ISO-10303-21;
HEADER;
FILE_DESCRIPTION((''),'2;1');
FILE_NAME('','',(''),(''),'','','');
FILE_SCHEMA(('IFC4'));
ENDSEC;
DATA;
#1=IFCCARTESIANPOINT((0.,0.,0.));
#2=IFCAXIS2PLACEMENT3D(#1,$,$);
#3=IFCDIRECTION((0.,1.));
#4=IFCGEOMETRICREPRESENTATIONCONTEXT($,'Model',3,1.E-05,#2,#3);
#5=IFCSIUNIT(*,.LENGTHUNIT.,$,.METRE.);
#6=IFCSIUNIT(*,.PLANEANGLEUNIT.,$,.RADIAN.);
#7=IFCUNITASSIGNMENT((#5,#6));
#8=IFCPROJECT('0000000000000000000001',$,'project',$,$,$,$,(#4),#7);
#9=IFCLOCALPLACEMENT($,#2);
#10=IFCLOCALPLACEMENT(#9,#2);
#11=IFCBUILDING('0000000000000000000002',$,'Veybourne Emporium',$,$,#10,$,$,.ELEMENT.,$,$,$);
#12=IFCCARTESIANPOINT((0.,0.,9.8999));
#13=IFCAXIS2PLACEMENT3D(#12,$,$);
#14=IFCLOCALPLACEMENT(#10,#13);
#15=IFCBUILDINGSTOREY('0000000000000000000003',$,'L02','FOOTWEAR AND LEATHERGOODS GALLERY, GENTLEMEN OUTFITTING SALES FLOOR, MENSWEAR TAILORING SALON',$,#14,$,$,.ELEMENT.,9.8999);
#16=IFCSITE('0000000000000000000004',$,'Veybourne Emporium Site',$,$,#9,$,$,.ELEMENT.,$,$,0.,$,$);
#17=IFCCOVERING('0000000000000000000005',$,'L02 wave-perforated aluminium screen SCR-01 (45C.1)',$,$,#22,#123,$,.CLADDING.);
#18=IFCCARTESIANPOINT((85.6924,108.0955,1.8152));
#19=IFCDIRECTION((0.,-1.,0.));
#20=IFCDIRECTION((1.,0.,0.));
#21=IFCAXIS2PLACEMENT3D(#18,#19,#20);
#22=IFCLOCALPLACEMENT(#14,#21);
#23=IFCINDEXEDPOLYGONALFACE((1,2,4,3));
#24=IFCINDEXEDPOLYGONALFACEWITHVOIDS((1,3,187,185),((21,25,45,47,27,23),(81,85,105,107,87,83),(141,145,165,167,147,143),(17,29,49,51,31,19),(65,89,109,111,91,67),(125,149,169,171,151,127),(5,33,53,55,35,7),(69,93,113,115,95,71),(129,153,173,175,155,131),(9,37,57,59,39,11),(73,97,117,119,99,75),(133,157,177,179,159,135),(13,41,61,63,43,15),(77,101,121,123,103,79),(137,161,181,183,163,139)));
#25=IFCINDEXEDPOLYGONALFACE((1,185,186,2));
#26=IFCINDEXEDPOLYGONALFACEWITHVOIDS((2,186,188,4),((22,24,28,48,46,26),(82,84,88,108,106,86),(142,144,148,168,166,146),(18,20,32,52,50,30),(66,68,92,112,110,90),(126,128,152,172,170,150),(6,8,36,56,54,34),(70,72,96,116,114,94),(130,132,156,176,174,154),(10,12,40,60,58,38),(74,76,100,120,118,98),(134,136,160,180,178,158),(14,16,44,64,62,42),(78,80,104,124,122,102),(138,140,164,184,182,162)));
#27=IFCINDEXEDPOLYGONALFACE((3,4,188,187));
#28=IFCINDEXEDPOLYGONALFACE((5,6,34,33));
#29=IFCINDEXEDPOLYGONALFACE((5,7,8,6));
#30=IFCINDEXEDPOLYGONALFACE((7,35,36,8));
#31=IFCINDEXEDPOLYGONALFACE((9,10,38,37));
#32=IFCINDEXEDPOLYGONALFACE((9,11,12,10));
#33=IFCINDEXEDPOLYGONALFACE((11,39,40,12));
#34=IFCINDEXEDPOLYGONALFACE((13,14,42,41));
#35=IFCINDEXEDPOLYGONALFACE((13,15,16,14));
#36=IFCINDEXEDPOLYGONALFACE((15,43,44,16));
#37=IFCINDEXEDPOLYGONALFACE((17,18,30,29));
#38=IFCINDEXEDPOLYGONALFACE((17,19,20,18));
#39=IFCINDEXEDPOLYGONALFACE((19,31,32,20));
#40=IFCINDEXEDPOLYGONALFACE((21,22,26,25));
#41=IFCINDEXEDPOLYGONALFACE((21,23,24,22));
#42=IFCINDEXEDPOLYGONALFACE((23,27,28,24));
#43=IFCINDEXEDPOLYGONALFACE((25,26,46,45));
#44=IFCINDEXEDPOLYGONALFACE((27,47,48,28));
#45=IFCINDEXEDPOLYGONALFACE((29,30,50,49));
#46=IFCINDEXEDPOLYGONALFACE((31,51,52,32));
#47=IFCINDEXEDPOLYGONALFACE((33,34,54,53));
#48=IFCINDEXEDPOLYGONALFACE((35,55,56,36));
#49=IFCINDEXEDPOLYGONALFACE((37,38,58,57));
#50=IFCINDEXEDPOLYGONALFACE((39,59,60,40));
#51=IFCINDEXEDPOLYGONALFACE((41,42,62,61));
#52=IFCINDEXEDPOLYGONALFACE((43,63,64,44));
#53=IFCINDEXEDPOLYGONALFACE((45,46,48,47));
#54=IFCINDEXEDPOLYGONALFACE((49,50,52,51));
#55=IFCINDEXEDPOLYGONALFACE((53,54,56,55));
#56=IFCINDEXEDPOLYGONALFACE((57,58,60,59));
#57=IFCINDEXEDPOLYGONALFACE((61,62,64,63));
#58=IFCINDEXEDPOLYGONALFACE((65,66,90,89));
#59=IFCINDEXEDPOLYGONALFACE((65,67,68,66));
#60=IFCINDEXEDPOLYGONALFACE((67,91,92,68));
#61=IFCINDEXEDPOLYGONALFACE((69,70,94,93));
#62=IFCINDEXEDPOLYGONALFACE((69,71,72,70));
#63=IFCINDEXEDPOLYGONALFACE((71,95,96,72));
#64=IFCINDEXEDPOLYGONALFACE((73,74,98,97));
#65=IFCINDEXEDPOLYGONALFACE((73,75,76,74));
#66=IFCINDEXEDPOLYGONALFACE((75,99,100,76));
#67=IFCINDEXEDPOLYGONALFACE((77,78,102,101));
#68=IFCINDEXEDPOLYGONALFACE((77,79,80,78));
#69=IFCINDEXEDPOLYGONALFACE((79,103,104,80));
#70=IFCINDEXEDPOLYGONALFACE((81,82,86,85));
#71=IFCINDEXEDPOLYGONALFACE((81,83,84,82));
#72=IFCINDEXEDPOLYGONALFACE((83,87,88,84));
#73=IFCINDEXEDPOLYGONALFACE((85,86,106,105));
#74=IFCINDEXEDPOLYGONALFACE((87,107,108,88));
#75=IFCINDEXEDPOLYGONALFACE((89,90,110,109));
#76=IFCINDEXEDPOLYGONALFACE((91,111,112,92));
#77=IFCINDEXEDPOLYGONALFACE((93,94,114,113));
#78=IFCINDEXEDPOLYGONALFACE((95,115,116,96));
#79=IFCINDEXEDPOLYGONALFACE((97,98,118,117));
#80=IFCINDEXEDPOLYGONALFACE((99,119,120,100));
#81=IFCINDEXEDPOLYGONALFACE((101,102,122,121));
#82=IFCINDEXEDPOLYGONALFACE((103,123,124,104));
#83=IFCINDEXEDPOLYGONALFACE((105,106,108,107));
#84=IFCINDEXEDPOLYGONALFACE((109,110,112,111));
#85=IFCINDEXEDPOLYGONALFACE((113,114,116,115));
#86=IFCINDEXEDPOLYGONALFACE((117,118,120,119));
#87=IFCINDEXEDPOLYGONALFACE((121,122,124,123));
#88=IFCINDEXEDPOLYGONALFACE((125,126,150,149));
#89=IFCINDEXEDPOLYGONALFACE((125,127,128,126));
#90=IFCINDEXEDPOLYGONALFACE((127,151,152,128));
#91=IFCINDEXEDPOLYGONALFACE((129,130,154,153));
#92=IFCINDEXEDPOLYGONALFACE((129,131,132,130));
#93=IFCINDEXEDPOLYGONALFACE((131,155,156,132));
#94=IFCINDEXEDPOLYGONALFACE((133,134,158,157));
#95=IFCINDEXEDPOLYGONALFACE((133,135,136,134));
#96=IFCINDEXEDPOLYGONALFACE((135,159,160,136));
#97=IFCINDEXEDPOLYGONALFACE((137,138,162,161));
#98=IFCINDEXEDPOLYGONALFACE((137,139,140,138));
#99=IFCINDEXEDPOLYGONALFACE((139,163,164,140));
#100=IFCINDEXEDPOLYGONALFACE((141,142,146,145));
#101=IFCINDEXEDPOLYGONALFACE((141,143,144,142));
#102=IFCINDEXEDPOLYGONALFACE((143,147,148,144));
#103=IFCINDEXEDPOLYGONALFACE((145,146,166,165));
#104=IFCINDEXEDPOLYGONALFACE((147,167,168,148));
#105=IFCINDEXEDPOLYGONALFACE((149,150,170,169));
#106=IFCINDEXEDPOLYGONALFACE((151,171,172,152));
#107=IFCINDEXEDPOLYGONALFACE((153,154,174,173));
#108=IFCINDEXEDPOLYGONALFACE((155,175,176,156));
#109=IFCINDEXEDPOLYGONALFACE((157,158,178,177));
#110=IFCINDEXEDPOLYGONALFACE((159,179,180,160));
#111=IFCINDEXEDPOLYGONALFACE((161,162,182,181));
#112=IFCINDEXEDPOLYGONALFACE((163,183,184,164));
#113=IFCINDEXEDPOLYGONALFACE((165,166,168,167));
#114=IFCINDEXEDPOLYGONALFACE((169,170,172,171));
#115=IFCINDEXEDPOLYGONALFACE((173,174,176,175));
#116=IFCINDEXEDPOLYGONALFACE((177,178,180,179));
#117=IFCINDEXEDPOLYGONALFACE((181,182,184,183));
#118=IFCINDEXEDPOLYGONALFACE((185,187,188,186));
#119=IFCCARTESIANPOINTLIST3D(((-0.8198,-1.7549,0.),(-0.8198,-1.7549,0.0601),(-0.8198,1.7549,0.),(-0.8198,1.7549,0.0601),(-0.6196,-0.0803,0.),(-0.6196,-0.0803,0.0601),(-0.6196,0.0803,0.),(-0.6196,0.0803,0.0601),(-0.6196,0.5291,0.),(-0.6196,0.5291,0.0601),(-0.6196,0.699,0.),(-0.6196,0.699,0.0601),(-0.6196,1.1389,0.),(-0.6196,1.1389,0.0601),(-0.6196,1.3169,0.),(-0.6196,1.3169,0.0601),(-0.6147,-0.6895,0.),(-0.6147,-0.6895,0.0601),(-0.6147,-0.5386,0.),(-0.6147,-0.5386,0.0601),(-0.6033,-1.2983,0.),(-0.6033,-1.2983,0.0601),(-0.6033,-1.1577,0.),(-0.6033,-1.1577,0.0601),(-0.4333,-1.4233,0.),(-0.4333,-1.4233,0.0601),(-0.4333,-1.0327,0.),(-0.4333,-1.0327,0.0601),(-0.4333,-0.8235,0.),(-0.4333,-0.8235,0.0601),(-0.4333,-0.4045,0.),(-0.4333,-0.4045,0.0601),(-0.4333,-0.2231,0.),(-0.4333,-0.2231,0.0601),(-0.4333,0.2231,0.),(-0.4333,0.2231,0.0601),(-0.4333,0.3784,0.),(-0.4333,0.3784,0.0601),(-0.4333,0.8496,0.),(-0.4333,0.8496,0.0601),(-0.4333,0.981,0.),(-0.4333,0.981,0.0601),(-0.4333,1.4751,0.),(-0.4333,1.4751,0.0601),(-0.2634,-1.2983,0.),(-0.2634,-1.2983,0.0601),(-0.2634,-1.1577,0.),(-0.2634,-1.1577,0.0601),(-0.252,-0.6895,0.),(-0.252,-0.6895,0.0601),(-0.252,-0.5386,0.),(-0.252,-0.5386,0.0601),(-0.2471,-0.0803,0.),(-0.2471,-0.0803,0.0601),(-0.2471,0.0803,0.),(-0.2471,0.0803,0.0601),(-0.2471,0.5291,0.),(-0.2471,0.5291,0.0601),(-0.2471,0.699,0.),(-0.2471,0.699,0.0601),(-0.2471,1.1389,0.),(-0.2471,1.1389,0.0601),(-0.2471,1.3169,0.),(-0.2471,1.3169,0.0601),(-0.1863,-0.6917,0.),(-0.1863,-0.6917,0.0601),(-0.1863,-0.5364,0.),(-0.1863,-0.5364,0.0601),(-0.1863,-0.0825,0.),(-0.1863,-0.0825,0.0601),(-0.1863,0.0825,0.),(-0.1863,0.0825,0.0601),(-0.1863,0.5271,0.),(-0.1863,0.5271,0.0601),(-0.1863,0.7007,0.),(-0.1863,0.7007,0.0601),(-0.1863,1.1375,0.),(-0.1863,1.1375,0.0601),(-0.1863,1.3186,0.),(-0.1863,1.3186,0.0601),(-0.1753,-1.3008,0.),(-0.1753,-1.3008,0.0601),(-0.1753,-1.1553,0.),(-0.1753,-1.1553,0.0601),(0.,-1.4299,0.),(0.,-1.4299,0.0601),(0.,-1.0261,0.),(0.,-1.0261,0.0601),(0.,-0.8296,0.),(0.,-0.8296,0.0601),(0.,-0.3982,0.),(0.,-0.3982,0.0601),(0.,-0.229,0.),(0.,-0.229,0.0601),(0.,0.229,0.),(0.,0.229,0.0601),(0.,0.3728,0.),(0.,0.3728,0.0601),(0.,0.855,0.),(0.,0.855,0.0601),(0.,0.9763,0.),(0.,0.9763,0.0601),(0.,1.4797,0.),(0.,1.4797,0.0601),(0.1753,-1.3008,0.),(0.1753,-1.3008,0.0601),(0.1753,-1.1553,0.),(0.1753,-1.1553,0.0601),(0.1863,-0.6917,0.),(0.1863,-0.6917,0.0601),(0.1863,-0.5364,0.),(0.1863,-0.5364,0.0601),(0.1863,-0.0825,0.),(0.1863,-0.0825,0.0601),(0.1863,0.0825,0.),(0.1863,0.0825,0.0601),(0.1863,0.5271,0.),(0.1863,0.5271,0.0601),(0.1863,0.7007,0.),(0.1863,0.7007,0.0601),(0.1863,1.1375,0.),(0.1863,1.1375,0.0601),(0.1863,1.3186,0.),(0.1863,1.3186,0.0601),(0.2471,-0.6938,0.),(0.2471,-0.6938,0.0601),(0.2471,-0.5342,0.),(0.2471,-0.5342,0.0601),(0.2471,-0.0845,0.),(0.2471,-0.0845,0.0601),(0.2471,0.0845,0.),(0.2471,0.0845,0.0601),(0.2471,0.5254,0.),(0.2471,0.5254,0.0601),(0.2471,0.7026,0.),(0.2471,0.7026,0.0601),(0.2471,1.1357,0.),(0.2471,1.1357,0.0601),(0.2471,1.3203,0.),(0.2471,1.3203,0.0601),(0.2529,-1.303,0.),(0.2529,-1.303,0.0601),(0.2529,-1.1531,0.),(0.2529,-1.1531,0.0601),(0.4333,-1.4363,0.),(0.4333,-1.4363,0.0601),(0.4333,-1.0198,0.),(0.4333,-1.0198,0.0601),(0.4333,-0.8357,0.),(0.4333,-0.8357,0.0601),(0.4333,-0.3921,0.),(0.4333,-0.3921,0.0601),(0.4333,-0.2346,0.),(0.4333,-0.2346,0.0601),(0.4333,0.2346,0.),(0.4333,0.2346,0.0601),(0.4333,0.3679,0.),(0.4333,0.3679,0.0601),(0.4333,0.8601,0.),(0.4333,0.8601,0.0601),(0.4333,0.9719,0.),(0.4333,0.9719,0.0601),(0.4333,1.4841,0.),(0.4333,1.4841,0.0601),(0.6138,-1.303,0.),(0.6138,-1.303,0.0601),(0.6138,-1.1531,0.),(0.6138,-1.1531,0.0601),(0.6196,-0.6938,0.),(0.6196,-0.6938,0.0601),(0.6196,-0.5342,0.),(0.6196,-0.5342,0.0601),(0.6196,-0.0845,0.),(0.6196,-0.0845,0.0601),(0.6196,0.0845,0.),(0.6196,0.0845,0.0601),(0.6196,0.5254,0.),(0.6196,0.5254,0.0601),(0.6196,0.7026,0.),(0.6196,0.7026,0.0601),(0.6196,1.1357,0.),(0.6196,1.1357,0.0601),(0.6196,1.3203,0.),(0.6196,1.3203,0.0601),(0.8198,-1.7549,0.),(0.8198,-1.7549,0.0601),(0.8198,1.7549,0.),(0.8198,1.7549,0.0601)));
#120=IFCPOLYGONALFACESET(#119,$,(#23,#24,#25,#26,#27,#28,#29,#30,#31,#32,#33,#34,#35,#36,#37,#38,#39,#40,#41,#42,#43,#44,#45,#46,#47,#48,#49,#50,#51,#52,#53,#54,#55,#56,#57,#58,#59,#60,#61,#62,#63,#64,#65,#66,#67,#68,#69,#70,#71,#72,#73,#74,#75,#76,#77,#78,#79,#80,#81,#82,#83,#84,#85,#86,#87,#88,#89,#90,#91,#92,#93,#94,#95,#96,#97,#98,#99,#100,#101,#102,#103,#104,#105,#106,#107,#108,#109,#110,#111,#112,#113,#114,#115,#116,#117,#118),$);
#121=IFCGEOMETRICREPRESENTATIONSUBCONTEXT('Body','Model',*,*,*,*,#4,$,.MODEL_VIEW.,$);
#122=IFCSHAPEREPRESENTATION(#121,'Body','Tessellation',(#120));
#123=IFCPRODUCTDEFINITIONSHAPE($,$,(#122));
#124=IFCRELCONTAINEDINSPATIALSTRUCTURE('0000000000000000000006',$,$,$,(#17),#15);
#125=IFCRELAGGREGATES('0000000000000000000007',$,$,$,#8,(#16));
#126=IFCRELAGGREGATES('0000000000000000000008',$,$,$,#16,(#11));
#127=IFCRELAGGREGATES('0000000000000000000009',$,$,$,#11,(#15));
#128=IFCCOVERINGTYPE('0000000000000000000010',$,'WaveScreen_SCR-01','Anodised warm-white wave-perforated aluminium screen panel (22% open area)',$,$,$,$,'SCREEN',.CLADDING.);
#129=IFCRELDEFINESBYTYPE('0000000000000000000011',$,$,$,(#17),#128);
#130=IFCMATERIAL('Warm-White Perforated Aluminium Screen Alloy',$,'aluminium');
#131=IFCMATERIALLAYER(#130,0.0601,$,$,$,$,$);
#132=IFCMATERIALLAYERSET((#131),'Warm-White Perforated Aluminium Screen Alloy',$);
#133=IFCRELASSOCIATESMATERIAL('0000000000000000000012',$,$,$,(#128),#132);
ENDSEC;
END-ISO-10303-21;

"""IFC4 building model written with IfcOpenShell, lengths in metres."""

from ifc_helpers import new_model, si_unit, direction, frame, origin, place, context, subcontext, project, spatial, polyline, outline, extrude, material, layer, layer_set, type_object, element, save


model = new_model("IFC4")

# Units and contexts
model_context = context("Model", 3, precision=1e-05, world=origin(), true_north=direction((0.0, 1.0)))
body_context = subcontext(model_context, "Body", "Model", "MODEL_VIEW")
ifc_project = project(units=[si_unit("LENGTHUNIT", "METRE"), si_unit("PLANEANGLEUNIT", "RADIAN")], contexts=[model_context])

# Site, building, storey
site_placement = place(None, origin())
site = spatial("IfcSite", under=ifc_project, at=site_placement, Name="Veybourne Emporium Site", CompositionType="ELEMENT", RefElevation=0.0)
building_placement = place(site_placement, origin())
building = spatial("IfcBuilding", under=site, at=building_placement, Name="Veybourne Emporium", CompositionType="ELEMENT")
storey_placement = place(building_placement, frame((0.0, 0.0, 9.8999)))
storey = spatial("IfcBuildingStorey", under=building, at=storey_placement, Name="L02", Description="FOOTWEAR AND LEATHERGOODS GALLERY, GENTLEMEN OUTFITTING SALES FLOOR, MENSWEAR TAILORING SALON", CompositionType="ELEMENT", Elevation=9.8999)

# Covering
ifc_material_1 = material(Name="Warm-White Perforated Aluminium Screen Alloy", Category="aluminium")
ifc_layer_1 = layer(ifc_material_1, 0.0601)
ifc_layer_set_1 = layer_set([ifc_layer_1], Name="Warm-White Perforated Aluminium Screen Alloy")
covering_type_1 = type_object("IfcCoveringType", Name="WaveScreen_SCR-01", Description="Anodised warm-white wave-perforated aluminium screen panel (22% open area)", ElementType="SCREEN", PredefinedType="CLADDING", material=ifc_layer_set_1)
covering_1_placement = place(storey_placement, frame((85.6924, 108.0955, 1.8152), z_axis=(0.0, -1.0, 0.0), x_axis=(1.0, 0.0, 0.0)))
element("IfcCovering", 1, at=covering_1_placement, inside=storey, type_object=covering_type_1, Name="L02 wave-perforated aluminium screen SCR-01 (45C.1)", PredefinedType="CLADDING", context=body_context, shape_type="SweptSolid", body=[
    extrude(outline(polyline([(-0.8198, -1.7549), (0.8198, -1.7549), (0.8198, 1.7549), (-0.8198, 1.7549), (-0.8198, -1.7549)]), holes=[polyline([(-0.4333, -1.0327), (-0.2634, -1.1577), (-0.2634, -1.2983), (-0.4333, -1.4233), (-0.6033, -1.2983), (-0.6033, -1.1577), (-0.4333, -1.0327)]), polyline([(-0.4333, -0.4045), (-0.252, -0.5386), (-0.252, -0.6895), (-0.4333, -0.8235), (-0.6147, -0.6895), (-0.6147, -0.5386), (-0.4333, -0.4045)]), polyline([(-0.4333, 0.2231), (-0.2471, 0.0803), (-0.2471, -0.0803), (-0.4333, -0.2231), (-0.6196, -0.0803), (-0.6196, 0.0803), (-0.4333, 0.2231)]), polyline([(-0.4333, 0.8496), (-0.2471, 0.699), (-0.2471, 0.5291), (-0.4333, 0.3784), (-0.6196, 0.5291), (-0.6196, 0.699), (-0.4333, 0.8496)]), polyline([(-0.4333, 1.4751), (-0.2471, 1.3169), (-0.2471, 1.1389), (-0.4333, 0.981), (-0.6196, 1.1389), (-0.6196, 1.3169), (-0.4333, 1.4751)]), polyline([(0.0, -1.0261), (0.1753, -1.1553), (0.1753, -1.3008), (0.0, -1.4299), (-0.1753, -1.3008), (-0.1753, -1.1553), (0.0, -1.0261)]), polyline([(0.0, -0.3982), (0.1863, -0.5364), (0.1863, -0.6917), (0.0, -0.8296), (-0.1863, -0.6917), (-0.1863, -0.5364), (0.0, -0.3982)]), polyline([(0.0, 0.229), (0.1863, 0.0825), (0.1863, -0.0825), (0.0, -0.229), (-0.1863, -0.0825), (-0.1863, 0.0825), (0.0, 0.229)]), polyline([(0.0, 0.855), (0.1863, 0.7007), (0.1863, 0.5271), (0.0, 0.3728), (-0.1863, 0.5271), (-0.1863, 0.7007), (0.0, 0.855)]), polyline([(0.0, 1.4797), (0.1863, 1.3186), (0.1863, 1.1375), (0.0, 0.9763), (-0.1863, 1.1375), (-0.1863, 1.3186), (0.0, 1.4797)]), polyline([(0.4333, -1.0198), (0.6138, -1.1531), (0.6138, -1.303), (0.4333, -1.4363), (0.2529, -1.303), (0.2529, -1.1531), (0.4333, -1.0198)]), polyline([(0.4333, -0.3921), (0.6196, -0.5342), (0.6196, -0.6938), (0.4333, -0.8357), (0.2471, -0.6938), (0.2471, -0.5342), (0.4333, -0.3921)]), polyline([(0.4333, 0.2346), (0.6196, 0.0845), (0.6196, -0.0845), (0.4333, -0.2346), (0.2471, -0.0845), (0.2471, 0.0845), (0.4333, 0.2346)]), polyline([(0.4333, 0.8601), (0.6196, 0.7026), (0.6196, 0.5254), (0.4333, 0.3679), (0.2471, 0.5254), (0.2471, 0.7026), (0.4333, 0.8601)]), polyline([(0.4333, 1.4841), (0.6196, 1.3203), (0.6196, 1.1357), (0.4333, 0.9719), (0.2471, 1.1357), (0.2471, 1.3203), (0.4333, 1.4841)])]), origin(), (0.0, 0.0, 1.0), 0.0601),
])

save(model, "model.ifc")
